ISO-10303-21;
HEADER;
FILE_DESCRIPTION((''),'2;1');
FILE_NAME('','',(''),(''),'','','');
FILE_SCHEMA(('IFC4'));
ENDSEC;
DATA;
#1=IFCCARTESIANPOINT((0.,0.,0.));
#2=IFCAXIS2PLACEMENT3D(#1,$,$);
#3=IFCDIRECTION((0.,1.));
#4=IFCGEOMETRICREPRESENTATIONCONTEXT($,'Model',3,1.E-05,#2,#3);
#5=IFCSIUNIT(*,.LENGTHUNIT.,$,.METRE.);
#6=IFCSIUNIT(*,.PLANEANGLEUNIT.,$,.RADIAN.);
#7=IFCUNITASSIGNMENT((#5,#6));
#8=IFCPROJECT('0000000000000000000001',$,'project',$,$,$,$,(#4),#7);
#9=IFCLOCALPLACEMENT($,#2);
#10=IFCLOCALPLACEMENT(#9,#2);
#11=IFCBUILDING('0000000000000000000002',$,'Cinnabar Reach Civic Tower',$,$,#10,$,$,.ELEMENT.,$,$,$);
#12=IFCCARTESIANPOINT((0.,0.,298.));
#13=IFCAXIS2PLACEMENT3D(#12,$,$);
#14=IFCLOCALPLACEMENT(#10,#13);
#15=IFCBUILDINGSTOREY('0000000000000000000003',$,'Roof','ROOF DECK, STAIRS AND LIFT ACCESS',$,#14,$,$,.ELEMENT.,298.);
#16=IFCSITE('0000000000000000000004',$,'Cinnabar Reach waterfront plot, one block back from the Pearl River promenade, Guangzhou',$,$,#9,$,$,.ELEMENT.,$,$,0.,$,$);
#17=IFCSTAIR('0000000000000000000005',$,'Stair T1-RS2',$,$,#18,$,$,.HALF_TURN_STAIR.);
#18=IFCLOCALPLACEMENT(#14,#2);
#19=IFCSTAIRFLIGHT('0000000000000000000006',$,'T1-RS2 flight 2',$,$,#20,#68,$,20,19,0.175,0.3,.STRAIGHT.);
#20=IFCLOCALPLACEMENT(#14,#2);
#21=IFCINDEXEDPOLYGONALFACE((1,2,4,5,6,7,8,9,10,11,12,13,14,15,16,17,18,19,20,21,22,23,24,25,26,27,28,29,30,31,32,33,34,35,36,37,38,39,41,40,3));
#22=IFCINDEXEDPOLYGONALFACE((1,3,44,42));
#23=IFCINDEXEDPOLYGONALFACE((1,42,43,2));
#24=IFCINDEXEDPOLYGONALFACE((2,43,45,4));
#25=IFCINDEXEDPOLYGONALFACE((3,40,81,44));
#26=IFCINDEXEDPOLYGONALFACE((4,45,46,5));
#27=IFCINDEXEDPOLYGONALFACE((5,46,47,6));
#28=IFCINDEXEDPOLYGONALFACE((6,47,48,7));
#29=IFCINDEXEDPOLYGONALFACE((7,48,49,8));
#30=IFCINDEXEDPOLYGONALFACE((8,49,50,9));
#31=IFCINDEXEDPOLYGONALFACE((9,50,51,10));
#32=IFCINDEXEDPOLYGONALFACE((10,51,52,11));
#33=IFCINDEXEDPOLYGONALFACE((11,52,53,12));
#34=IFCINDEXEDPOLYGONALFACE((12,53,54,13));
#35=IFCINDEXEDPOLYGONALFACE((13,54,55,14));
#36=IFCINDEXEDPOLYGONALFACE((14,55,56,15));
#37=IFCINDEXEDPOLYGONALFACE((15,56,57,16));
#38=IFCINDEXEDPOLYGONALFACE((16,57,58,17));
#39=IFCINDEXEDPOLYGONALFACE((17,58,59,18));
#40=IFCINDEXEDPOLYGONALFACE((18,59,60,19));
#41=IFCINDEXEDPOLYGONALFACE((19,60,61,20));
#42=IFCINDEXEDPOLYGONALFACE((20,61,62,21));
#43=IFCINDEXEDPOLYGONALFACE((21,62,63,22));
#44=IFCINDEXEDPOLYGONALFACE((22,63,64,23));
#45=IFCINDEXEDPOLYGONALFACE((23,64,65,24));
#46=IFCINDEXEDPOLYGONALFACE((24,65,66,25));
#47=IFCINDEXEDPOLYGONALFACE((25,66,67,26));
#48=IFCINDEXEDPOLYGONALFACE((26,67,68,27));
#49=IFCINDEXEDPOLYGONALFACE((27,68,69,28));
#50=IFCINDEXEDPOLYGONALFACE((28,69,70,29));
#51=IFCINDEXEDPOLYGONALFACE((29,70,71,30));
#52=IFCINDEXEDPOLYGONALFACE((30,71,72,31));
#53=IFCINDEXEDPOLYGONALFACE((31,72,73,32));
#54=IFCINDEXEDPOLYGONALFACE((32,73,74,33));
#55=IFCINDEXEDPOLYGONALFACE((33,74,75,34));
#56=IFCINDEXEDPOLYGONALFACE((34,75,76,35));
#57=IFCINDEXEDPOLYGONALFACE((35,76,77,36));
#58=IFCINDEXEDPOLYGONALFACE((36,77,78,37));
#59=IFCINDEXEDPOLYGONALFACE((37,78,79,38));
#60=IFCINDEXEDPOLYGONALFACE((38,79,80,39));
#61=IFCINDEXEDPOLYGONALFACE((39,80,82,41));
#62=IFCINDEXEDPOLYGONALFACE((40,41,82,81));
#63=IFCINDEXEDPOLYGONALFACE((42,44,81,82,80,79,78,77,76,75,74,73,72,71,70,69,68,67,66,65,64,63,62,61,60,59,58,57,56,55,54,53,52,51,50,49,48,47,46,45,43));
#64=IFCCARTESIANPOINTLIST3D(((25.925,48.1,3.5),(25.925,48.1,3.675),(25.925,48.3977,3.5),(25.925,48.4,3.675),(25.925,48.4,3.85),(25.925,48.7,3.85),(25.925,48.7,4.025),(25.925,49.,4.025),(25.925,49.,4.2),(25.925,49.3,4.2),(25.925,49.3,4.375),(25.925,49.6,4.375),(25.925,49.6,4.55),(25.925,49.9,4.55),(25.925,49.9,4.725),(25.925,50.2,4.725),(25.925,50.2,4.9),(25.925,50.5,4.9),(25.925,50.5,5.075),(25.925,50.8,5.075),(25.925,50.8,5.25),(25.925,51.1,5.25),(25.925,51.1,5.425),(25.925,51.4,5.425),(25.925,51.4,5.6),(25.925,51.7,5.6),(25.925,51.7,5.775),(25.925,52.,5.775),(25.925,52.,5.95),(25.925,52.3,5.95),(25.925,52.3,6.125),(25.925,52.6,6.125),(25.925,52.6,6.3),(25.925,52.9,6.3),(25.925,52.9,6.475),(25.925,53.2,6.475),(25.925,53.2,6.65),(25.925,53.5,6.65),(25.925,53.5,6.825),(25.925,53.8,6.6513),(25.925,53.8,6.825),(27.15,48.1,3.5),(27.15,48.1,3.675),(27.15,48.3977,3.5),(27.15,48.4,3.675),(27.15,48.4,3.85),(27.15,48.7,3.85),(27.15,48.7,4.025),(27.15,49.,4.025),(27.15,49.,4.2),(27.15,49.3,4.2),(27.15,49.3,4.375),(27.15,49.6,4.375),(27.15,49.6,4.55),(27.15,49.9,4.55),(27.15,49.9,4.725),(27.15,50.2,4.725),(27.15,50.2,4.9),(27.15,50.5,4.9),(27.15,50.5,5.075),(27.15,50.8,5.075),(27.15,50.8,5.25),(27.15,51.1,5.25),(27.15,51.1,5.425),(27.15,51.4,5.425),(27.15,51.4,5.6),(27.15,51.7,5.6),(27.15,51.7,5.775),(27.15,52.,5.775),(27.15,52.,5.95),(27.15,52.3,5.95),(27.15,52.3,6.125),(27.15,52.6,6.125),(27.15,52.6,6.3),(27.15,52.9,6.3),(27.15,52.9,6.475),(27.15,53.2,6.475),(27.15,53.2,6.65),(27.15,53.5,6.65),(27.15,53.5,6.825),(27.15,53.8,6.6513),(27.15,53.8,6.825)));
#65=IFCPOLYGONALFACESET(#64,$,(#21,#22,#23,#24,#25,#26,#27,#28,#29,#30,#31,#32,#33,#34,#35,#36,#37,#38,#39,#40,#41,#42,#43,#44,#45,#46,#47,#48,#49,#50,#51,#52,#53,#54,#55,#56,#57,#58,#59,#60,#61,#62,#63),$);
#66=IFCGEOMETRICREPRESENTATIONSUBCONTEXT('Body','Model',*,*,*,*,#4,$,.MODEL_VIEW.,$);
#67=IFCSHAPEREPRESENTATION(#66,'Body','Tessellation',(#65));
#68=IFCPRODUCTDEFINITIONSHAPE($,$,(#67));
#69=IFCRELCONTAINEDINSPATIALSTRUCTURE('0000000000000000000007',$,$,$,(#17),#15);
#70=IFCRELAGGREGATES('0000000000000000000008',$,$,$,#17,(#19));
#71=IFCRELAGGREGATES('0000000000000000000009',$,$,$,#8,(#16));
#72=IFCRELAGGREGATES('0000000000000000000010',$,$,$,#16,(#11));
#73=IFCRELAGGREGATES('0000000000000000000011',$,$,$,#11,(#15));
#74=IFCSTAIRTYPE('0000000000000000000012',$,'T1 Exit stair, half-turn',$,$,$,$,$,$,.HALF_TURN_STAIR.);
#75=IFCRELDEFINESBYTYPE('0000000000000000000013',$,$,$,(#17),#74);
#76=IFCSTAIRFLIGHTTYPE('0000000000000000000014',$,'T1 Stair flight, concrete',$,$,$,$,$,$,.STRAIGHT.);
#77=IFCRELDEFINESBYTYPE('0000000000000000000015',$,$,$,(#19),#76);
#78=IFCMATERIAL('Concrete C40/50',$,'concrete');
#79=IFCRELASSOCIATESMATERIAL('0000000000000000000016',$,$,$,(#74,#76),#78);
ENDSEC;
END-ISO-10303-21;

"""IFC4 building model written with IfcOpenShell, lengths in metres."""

from ifc_helpers import new_model, si_unit, direction, frame, origin, place, context, subcontext, project, spatial, polyline, outline, extrude, material, type_object, element, aggregate, save


model = new_model("IFC4")

# Units and contexts
model_context = context("Model", 3, precision=1e-05, world=origin(), true_north=direction((0.0, 1.0)))
body_context = subcontext(model_context, "Body", "Model", "MODEL_VIEW")
ifc_project = project(units=[si_unit("LENGTHUNIT", "METRE"), si_unit("PLANEANGLEUNIT", "RADIAN")], contexts=[model_context])

# Site, building, storey
site_placement = place(None, origin())
site = spatial("IfcSite", under=ifc_project, at=site_placement, Name="Cinnabar Reach waterfront plot, one block back from the Pearl River promenade, Guangzhou", CompositionType="ELEMENT", RefElevation=0.0)
building_placement = place(site_placement, origin())
building = spatial("IfcBuilding", under=site, at=building_placement, Name="Cinnabar Reach Civic Tower", CompositionType="ELEMENT")
storey_placement = place(building_placement, frame((0.0, 0.0, 298.0)))
storey = spatial("IfcBuildingStorey", under=building, at=storey_placement, Name="Roof", Description="ROOF DECK, STAIRS AND LIFT ACCESS", CompositionType="ELEMENT", Elevation=298.0)

# Shared definitions
ifc_material_1 = material(Name="Concrete C40/50", Category="concrete")

# Stair, stair flight
stair_type = type_object("IfcStairType", Name="T1 Exit stair, half-turn", PredefinedType="HALF_TURN_STAIR", material=ifc_material_1)
stair_placement = place(storey_placement, origin())
stair = element("IfcStair", 1, at=stair_placement, inside=storey, type_object=stair_type, Name="Stair T1-RS2", PredefinedType="HALF_TURN_STAIR")
stair_flight_type = type_object("IfcStairFlightType", Name="T1 Stair flight, concrete", PredefinedType="STRAIGHT", material=ifc_material_1)
stair_flight_1_placement = place(storey_placement, frame((26.5375, 48.1, 3.5), z_axis=(0.0, 0.0, 1.0), x_axis=(0.0, 1.0, 0.0)))
stair_flight_1 = element("IfcStairFlight", 2, at=stair_flight_1_placement, type_object=stair_flight_type, Name="T1-RS2 flight 2", NumberOfRisers=20, NumberOfTreads=19, PredefinedType="STRAIGHT", RiserHeight=0.175, TreadLength=0.3, context=body_context, shape_type="SweptSolid", body=[
    extrude(outline(polyline([(0.0, 0.0), (0.0, 0.175), (0.3, 0.175), (0.3, 0.35), (0.6, 0.35), (0.6, 0.525), (0.9, 0.525), (0.9, 0.7), (1.2, 0.7), (1.2, 0.875), (1.5, 0.875), (1.5, 1.05), (1.8, 1.05), (1.8, 1.225), (2.1, 1.225), (2.1, 1.4), (2.4, 1.4), (2.4, 1.575), (2.7, 1.575), (2.7, 1.75), (3.0, 1.75), (3.0, 1.925), (3.3, 1.925), (3.3, 2.1), (3.6, 2.1), (3.6, 2.275), (3.9, 2.275), (3.9, 2.45), (4.2, 2.45), (4.2, 2.625), (4.5, 2.625), (4.5, 2.8), (4.8, 2.8), (4.8, 2.975), (5.1, 2.975), (5.1, 3.15), (5.4, 3.15), (5.4, 3.325), (5.7, 3.325), (5.7, 3.5), (5.7, 3.1513), (0.2977, 0.0), (0.0, 0.0)])), frame((0.0, 0.6125, 0.0), z_axis=(0.0, -1.0, 0.0), x_axis=(1.0, 0.0, 0.0)), (0.0, 0.0, 1.0), 1.225),
])
aggregate(stair, [stair_flight_1])

save(model, "model.ifc")
